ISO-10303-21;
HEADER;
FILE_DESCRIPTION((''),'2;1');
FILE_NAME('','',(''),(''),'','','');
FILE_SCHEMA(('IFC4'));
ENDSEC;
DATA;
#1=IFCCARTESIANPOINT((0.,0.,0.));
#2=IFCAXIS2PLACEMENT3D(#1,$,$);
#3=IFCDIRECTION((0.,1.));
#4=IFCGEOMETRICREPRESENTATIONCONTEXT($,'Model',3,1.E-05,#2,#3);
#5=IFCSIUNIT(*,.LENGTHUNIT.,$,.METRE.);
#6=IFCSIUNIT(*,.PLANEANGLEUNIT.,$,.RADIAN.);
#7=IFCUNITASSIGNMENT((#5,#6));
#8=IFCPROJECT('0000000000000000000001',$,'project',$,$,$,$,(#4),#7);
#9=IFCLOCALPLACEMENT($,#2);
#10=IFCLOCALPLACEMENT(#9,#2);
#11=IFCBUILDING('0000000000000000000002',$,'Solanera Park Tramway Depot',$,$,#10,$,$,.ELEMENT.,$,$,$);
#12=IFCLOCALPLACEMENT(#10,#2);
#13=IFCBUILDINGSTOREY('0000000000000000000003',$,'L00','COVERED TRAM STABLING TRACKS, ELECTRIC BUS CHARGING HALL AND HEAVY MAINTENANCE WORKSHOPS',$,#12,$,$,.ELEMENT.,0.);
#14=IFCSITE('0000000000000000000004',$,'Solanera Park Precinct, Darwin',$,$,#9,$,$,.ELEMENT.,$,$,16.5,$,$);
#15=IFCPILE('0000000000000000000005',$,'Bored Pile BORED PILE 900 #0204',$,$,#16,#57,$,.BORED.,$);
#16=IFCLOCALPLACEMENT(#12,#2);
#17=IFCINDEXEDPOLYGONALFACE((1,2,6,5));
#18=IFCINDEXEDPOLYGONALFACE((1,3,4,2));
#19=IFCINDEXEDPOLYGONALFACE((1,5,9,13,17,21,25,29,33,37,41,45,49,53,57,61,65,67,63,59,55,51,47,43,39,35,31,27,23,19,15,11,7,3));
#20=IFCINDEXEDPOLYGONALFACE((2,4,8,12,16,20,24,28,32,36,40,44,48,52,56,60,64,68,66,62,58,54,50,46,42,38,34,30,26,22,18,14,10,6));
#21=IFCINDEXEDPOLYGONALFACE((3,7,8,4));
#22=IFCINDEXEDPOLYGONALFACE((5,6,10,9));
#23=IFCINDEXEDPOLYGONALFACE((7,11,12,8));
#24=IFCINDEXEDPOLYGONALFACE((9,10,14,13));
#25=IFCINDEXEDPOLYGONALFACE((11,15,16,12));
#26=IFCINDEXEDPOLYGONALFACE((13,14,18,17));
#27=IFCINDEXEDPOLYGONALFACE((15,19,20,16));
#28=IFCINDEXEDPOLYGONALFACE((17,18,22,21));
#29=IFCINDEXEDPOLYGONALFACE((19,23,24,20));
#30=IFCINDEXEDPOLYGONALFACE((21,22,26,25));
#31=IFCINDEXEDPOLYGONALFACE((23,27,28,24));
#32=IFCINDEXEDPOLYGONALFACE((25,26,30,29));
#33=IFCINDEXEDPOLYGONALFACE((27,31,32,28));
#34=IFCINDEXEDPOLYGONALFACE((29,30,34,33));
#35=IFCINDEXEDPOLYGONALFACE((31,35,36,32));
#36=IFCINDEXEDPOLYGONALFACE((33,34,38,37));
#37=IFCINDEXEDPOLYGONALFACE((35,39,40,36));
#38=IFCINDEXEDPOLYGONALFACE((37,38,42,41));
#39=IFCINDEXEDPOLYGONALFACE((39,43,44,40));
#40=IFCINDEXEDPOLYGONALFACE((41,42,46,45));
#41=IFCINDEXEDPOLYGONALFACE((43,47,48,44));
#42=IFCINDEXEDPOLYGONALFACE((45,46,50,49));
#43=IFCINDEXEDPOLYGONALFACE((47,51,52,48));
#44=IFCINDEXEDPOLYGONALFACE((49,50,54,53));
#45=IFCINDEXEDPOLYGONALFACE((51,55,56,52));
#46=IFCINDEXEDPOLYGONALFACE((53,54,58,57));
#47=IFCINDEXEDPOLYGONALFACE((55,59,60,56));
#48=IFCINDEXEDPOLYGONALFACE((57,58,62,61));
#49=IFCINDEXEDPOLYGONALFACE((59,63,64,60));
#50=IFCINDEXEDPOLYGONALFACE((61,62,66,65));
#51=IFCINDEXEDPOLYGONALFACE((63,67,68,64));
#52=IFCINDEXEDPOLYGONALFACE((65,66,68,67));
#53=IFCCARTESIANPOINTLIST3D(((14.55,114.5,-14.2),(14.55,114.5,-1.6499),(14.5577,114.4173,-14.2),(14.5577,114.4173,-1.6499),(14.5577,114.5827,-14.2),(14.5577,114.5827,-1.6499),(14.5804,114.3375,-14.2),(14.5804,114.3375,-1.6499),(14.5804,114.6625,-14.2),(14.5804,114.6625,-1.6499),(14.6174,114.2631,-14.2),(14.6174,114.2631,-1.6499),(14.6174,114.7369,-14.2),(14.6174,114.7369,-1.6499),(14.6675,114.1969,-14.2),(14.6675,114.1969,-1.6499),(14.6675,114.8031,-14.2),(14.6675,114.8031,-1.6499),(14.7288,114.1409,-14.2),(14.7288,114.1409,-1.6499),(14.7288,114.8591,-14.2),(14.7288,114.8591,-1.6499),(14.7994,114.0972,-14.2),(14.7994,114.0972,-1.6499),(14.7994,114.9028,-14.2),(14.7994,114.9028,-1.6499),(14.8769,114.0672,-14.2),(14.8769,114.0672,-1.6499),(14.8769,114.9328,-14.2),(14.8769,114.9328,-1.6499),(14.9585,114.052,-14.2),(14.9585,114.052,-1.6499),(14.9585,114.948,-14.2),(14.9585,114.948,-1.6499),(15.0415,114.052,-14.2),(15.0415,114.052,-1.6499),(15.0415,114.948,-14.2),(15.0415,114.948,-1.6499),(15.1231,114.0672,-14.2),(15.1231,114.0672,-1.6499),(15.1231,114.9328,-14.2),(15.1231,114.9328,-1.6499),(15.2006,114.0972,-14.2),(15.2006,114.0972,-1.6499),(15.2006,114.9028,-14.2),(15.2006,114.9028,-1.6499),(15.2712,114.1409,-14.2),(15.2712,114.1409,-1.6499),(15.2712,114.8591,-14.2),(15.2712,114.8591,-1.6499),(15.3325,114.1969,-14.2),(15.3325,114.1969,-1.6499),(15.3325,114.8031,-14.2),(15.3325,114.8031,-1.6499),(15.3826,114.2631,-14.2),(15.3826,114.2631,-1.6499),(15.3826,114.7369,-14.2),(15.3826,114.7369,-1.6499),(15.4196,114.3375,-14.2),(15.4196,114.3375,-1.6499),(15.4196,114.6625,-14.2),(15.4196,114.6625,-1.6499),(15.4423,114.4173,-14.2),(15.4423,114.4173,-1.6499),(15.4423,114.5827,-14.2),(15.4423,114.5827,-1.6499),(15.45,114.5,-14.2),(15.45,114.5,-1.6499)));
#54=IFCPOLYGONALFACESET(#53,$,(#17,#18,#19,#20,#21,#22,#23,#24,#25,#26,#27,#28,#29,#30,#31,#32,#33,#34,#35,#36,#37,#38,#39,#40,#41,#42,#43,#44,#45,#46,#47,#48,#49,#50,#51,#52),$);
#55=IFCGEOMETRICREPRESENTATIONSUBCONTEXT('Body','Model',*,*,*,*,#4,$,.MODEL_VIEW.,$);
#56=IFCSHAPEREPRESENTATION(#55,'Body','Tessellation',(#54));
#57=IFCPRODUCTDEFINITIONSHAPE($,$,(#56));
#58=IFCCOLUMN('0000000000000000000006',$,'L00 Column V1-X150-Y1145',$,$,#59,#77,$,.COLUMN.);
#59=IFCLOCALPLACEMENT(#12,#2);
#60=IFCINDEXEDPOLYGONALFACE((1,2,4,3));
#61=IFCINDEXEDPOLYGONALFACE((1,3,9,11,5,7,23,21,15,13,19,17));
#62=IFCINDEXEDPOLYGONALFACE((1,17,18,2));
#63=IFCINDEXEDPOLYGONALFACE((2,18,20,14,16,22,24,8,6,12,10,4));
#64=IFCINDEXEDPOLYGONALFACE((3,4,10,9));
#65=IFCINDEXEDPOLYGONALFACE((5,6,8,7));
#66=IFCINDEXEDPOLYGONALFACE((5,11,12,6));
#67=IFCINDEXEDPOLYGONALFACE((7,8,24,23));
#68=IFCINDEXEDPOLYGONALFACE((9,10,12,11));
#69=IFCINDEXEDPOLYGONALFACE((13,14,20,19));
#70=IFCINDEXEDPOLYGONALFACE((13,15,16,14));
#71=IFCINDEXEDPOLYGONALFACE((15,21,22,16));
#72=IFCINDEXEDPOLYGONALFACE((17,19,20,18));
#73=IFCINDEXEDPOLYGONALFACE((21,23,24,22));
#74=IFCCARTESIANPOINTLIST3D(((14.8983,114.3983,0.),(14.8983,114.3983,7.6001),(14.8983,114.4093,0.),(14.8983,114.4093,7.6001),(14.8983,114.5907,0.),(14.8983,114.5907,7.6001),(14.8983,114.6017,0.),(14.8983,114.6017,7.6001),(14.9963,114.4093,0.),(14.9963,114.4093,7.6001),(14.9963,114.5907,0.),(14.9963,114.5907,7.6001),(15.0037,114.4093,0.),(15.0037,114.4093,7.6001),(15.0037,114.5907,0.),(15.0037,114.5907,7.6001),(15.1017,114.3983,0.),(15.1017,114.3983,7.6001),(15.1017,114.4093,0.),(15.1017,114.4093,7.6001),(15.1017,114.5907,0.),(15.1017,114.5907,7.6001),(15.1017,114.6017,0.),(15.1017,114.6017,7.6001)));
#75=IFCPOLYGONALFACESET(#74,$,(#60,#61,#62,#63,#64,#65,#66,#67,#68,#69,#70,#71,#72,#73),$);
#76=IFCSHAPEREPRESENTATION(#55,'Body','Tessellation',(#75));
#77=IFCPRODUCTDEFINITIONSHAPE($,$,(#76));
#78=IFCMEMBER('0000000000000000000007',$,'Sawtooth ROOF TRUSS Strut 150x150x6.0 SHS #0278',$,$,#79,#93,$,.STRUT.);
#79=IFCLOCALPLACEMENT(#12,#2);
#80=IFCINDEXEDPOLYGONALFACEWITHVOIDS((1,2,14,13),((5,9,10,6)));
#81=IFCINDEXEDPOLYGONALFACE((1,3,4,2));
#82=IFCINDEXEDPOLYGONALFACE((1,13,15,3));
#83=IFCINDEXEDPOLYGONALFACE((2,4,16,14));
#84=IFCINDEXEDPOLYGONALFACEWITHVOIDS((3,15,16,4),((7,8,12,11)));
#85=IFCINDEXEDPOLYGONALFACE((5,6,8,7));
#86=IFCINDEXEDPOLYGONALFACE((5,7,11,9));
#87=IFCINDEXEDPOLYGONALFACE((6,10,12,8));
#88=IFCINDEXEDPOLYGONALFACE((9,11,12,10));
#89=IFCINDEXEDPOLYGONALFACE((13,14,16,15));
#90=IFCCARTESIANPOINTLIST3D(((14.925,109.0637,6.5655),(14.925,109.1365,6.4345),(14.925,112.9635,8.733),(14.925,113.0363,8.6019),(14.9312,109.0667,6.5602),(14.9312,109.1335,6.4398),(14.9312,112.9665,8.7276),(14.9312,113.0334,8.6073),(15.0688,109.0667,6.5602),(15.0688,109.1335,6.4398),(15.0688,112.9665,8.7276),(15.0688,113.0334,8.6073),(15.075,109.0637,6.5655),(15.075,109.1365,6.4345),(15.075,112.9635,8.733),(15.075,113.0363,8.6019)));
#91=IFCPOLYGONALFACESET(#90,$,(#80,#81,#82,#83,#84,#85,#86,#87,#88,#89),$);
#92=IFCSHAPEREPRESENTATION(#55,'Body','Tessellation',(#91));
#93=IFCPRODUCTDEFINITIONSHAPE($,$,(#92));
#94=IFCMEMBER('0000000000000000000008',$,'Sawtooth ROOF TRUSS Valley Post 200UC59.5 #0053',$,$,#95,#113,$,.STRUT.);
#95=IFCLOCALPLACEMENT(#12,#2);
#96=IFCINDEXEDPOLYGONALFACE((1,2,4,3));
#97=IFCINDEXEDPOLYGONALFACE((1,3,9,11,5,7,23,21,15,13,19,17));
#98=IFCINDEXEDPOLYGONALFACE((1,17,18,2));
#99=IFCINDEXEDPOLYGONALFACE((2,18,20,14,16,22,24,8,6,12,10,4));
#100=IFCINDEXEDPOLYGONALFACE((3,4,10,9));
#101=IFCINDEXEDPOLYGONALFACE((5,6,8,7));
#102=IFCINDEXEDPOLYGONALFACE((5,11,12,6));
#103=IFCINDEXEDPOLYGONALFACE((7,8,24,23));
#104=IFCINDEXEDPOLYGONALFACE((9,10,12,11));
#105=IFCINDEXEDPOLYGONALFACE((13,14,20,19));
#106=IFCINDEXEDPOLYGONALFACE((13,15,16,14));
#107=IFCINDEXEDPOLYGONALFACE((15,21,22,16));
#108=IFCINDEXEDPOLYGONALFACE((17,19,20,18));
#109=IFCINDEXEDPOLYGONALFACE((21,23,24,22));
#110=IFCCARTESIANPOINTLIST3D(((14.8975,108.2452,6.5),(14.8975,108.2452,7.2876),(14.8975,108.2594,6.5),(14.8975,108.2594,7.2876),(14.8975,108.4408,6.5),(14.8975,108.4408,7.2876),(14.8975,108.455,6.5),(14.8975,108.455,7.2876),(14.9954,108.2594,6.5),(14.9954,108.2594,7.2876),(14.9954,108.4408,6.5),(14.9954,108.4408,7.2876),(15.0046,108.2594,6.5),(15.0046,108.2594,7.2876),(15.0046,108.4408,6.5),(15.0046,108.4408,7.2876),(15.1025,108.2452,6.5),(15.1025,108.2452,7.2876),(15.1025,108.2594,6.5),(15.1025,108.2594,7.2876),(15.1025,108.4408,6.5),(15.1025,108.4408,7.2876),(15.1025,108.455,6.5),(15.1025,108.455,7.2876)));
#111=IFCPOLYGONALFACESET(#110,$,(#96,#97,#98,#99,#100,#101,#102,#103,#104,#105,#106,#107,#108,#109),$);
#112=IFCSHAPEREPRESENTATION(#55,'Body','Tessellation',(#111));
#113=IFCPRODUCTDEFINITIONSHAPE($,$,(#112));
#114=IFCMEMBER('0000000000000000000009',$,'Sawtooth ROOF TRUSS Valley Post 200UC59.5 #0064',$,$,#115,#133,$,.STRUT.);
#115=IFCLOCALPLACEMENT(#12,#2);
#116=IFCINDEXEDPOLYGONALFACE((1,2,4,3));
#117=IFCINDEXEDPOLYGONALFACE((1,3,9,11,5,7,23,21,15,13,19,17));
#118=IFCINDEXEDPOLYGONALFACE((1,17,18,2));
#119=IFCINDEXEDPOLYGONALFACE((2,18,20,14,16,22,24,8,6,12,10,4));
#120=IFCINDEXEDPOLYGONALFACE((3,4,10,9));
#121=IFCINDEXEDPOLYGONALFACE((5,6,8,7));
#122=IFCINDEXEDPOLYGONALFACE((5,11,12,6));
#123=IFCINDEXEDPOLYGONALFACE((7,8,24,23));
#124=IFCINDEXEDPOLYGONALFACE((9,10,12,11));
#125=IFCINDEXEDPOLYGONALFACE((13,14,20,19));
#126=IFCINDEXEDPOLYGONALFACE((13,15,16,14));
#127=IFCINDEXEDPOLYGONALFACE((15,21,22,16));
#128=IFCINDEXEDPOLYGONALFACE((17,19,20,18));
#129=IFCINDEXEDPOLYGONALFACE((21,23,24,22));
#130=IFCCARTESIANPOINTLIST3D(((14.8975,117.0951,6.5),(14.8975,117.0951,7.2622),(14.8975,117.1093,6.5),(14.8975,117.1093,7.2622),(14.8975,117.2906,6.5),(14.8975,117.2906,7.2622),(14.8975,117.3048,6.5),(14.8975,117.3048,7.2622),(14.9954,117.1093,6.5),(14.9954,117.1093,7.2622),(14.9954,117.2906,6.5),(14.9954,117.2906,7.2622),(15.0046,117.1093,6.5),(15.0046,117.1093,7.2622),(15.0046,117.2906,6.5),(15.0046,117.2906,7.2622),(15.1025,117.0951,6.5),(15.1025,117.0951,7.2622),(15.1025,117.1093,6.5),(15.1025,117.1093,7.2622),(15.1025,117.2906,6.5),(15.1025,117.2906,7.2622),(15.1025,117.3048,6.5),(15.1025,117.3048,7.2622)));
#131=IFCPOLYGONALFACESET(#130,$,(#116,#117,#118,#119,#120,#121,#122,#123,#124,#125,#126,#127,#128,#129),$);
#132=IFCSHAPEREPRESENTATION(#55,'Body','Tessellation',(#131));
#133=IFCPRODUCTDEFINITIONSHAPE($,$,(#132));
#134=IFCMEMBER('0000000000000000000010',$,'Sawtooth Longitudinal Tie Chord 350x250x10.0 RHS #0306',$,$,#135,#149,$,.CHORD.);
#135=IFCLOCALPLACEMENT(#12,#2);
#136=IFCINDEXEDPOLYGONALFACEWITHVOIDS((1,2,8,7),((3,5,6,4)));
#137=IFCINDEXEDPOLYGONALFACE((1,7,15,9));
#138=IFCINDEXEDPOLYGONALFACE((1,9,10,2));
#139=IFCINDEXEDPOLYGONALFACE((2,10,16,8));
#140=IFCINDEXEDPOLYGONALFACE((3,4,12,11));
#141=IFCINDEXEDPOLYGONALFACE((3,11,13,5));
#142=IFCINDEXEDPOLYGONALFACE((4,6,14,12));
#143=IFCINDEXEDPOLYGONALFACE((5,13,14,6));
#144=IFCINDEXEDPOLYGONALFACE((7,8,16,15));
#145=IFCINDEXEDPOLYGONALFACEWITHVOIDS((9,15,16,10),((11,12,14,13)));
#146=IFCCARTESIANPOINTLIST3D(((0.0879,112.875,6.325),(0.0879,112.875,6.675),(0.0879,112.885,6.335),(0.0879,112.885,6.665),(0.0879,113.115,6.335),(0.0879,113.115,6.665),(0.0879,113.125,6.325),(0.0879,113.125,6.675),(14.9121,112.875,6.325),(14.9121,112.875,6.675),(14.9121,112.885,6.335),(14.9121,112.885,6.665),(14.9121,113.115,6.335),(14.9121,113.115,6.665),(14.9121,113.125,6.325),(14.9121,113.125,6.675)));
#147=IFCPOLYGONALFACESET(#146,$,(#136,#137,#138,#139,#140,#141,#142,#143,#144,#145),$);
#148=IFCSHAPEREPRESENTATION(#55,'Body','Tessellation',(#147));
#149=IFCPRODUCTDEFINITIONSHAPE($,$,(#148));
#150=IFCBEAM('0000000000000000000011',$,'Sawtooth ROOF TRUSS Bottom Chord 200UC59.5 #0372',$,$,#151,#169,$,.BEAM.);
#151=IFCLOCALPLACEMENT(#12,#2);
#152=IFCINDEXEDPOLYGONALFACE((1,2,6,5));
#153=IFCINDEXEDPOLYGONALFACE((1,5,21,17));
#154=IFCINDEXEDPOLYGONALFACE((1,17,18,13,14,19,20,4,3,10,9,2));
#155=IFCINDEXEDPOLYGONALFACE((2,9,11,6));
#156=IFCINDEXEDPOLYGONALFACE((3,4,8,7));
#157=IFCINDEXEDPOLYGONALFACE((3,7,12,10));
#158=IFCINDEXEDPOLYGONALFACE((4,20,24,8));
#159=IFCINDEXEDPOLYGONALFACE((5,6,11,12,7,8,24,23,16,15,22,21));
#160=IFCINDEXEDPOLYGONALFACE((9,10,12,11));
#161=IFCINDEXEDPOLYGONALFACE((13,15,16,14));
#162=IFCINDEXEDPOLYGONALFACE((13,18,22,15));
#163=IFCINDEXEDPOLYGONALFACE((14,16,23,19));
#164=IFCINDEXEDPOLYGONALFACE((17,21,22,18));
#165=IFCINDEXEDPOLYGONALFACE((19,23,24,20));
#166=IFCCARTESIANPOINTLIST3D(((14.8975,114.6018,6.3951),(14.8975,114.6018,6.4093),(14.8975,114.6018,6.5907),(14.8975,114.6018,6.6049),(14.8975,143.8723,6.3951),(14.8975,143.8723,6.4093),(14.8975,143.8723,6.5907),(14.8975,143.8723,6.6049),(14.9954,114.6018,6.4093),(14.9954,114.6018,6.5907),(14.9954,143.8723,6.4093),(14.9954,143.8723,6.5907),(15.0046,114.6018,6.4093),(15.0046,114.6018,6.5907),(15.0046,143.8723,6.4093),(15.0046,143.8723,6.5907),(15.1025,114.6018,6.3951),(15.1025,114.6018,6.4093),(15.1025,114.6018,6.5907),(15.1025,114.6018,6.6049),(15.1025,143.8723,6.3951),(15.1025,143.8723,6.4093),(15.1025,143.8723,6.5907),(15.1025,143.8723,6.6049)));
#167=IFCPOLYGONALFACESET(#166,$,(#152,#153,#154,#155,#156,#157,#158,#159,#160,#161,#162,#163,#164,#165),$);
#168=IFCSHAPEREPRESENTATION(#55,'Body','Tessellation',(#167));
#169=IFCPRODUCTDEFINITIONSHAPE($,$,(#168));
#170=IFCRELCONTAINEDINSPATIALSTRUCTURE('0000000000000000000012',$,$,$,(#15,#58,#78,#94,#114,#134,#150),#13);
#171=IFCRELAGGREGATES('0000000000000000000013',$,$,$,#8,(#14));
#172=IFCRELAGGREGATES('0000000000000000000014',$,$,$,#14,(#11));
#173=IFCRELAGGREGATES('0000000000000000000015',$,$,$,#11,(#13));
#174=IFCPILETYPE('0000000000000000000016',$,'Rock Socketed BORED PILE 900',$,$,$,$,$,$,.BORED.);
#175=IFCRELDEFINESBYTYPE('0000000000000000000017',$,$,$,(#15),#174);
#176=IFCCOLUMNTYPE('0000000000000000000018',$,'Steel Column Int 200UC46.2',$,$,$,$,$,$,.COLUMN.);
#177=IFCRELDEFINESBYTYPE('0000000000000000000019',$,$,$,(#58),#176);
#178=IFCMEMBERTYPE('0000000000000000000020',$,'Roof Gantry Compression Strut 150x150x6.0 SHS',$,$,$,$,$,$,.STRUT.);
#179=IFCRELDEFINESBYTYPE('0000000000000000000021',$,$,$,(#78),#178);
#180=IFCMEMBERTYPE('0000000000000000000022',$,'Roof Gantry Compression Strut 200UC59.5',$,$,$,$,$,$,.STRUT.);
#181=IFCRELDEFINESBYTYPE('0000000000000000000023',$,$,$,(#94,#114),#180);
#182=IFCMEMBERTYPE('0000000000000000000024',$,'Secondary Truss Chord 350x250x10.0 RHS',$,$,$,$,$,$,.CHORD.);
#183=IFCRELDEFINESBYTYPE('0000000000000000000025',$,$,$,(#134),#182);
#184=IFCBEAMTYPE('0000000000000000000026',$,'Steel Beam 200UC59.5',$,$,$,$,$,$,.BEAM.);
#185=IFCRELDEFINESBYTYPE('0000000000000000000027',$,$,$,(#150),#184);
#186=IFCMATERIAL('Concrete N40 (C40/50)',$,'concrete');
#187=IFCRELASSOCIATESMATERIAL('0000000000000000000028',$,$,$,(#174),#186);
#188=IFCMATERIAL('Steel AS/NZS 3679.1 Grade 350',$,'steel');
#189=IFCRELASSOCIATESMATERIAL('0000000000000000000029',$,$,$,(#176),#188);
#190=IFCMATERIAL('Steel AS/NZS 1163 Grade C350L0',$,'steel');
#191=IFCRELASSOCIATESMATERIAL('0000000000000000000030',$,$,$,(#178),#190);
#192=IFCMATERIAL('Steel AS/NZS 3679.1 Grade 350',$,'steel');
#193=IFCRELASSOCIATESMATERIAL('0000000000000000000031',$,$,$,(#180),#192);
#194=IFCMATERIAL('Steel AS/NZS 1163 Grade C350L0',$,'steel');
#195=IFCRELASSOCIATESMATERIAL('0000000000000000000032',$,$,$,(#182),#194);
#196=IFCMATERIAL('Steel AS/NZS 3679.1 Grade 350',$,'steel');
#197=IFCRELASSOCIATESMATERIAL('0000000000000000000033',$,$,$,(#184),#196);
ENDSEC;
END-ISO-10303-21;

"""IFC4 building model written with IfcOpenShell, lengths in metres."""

from ifc_helpers import new_model, si_unit, direction, frame, origin, origin_2d, place, context, subcontext, project, spatial, hollow_rectangle, circle, i_section, extrude, material, material_profile, profile_set, type_object, element, save


model = new_model("IFC4")

# Units and contexts
model_context = context("Model", 3, precision=1e-05, world=origin(), true_north=direction((0.0, 1.0)))
body_context = subcontext(model_context, "Body", "Model", "MODEL_VIEW")
ifc_project = project(units=[si_unit("LENGTHUNIT", "METRE"), si_unit("PLANEANGLEUNIT", "RADIAN")], contexts=[model_context])

# Site, building, storey
site_placement = place(None, origin())
site = spatial("IfcSite", under=ifc_project, at=site_placement, Name="Solanera Park Precinct, Darwin", CompositionType="ELEMENT", RefElevation=16.5)
building_placement = place(site_placement, origin())
building = spatial("IfcBuilding", under=site, at=building_placement, Name="Solanera Park Tramway Depot", CompositionType="ELEMENT")
storey_placement = place(building_placement, origin())
storey = spatial("IfcBuildingStorey", under=building, at=storey_placement, Name="L00", Description="COVERED TRAM STABLING TRACKS, ELECTRIC BUS CHARGING HALL AND HEAVY MAINTENANCE WORKSHOPS", CompositionType="ELEMENT", Elevation=0.0)

# Pile
ifc_material_1 = material(Name="Concrete N40 (C40/50)", Category="concrete")
ifc_material_profile_1 = material_profile(ifc_material_1, circle(Radius=0.45, at=origin_2d()), Name="BORED PILE 900")
ifc_profile_set_1 = profile_set([ifc_material_profile_1], Name="Concrete N40 (C40/50)")
pile_type = type_object("IfcPileType", Name="Rock Socketed BORED PILE 900", PredefinedType="BORED", material=ifc_profile_set_1)
pile_placement = place(storey_placement, frame((15.0, 114.5, -1.6499), z_axis=(0.0, 0.0, -1.0), x_axis=(1.0, 0.0, 0.0)))
element("IfcPile", 1, at=pile_placement, inside=storey, type_object=pile_type, Name="Bored Pile BORED PILE 900 #0204", PredefinedType="BORED", context=body_context, shape_type="SweptSolid", body=[
    extrude(circle(Radius=0.45, at=origin_2d()), origin(), (0.0, 0.0, 1.0), 12.55),
])

# Column
ifc_material_2 = material(Name="Steel AS/NZS 3679.1 Grade 350", Category="steel")
ifc_material_profile_2 = material_profile(ifc_material_2, i_section(OverallWidth=0.2034, OverallDepth=0.2034, WebThickness=0.0073, FlangeThickness=0.011, at=origin_2d()), Name="200UC46.2")
ifc_profile_set_2 = profile_set([ifc_material_profile_2], Name="Steel AS/NZS 3679.1 Grade 350")
column_type = type_object("IfcColumnType", Name="Steel Column Int 200UC46.2", PredefinedType="COLUMN", material=ifc_profile_set_2)
column_placement = place(storey_placement, frame((15.0, 114.5, 0.0), z_axis=(0.0, 0.0, 1.0), x_axis=(1.0, 0.0, 0.0)))
element("IfcColumn", 2, at=column_placement, inside=storey, type_object=column_type, Name="L00 Column V1-X150-Y1145", PredefinedType="COLUMN", context=body_context, shape_type="SweptSolid", body=[
    extrude(i_section(OverallWidth=0.2034, OverallDepth=0.2034, WebThickness=0.0073, FlangeThickness=0.011, at=origin_2d()), origin(), (0.0, 0.0, 1.0), 7.6001),
])

# Members
ifc_material_3 = material(Name="Steel AS/NZS 1163 Grade C350L0", Category="steel")
ifc_material_profile_3 = material_profile(ifc_material_3, hollow_rectangle(XDim=0.1499, YDim=0.1499, WallThickness=0.0061, at=origin_2d()), Name="150x150x6.0 SHS")
ifc_profile_set_3 = profile_set([ifc_material_profile_3], Name="Steel AS/NZS 1163 Grade C350L0")
member_type_1 = type_object("IfcMemberType", Name="Roof Gantry Compression Strut 150x150x6.0 SHS", PredefinedType="STRUT", material=ifc_profile_set_3)
member_1_placement = place(storey_placement, frame((15.0, 109.1001, 6.5), z_axis=(0.0, 0.874075, 0.485792), x_axis=(-1.0, 0.0, 0.0)))
element("IfcMember", 3, at=member_1_placement, inside=storey, type_object=member_type_1, Name="Sawtooth ROOF TRUSS Strut 150x150x6.0 SHS #0278", PredefinedType="STRUT", context=body_context, shape_type="SweptSolid", body=[
    extrude(hollow_rectangle(XDim=0.1499, YDim=0.1499, WallThickness=0.0061, at=origin_2d()), origin(), (0.0, 0.0, 1.0), 4.4617),
])
ifc_material_4 = material(Name="Steel AS/NZS 3679.1 Grade 350", Category="steel")
ifc_material_profile_4 = material_profile(ifc_material_4, i_section(OverallWidth=0.2051, OverallDepth=0.2097, WebThickness=0.0093, FlangeThickness=0.0142, at=origin_2d()), Name="200UC59.5")
ifc_profile_set_4 = profile_set([ifc_material_profile_4], Name="Steel AS/NZS 3679.1 Grade 350")
member_type_2 = type_object("IfcMemberType", Name="Roof Gantry Compression Strut 200UC59.5", PredefinedType="STRUT", material=ifc_profile_set_4)
member_2_placement = place(storey_placement, frame((15.0, 108.3501, 6.5), z_axis=(0.0, 0.0, 1.0), x_axis=(1.0, 0.0, 0.0)))
element("IfcMember", 4, at=member_2_placement, inside=storey, type_object=member_type_2, Name="Sawtooth ROOF TRUSS Valley Post 200UC59.5 #0053", PredefinedType="STRUT", context=body_context, shape_type="SweptSolid", body=[
    extrude(i_section(OverallWidth=0.2051, OverallDepth=0.2097, WebThickness=0.0093, FlangeThickness=0.0142, at=origin_2d()), origin(), (0.0, 0.0, 1.0), 0.7876),
])
member_3_placement = place(storey_placement, frame((15.0, 117.2, 6.5), z_axis=(0.0, 0.0, 1.0), x_axis=(1.0, 0.0, 0.0)))
element("IfcMember", 5, at=member_3_placement, inside=storey, type_object=member_type_2, Name="Sawtooth ROOF TRUSS Valley Post 200UC59.5 #0064", PredefinedType="STRUT", context=body_context, shape_type="SweptSolid", body=[
    extrude(i_section(OverallWidth=0.2051, OverallDepth=0.2097, WebThickness=0.0093, FlangeThickness=0.0142, at=origin_2d()), origin(), (0.0, 0.0, 1.0), 0.7622),
])
ifc_material_5 = material(Name="Steel AS/NZS 1163 Grade C350L0", Category="steel")
ifc_material_profile_5 = material_profile(ifc_material_5, hollow_rectangle(XDim=0.25, YDim=0.3501, WallThickness=0.01, at=origin_2d()), Name="350x250x10.0 RHS")
ifc_profile_set_5 = profile_set([ifc_material_profile_5], Name="Steel AS/NZS 1163 Grade C350L0")
member_type_3 = type_object("IfcMemberType", Name="Secondary Truss Chord 350x250x10.0 RHS", PredefinedType="CHORD", material=ifc_profile_set_5)
member_4_placement = place(storey_placement, frame((0.0879, 113.0, 6.5), z_axis=(1.0, 0.0, 0.0), x_axis=(0.0, 1.0, 0.0)))
element("IfcMember", 6, at=member_4_placement, inside=storey, type_object=member_type_3, Name="Sawtooth Longitudinal Tie Chord 350x250x10.0 RHS #0306", PredefinedType="CHORD", context=body_context, shape_type="SweptSolid", body=[
    extrude(hollow_rectangle(XDim=0.25, YDim=0.3501, WallThickness=0.01, at=origin_2d()), origin(), (0.0, 0.0, 1.0), 14.8242),
])

# Beam
ifc_material_6 = material(Name="Steel AS/NZS 3679.1 Grade 350", Category="steel")
ifc_material_profile_6 = material_profile(ifc_material_6, i_section(OverallWidth=0.2051, OverallDepth=0.2097, WebThickness=0.0093, FlangeThickness=0.0142, at=origin_2d()), Name="200UC59.5")
ifc_profile_set_6 = profile_set([ifc_material_profile_6], Name="Steel AS/NZS 3679.1 Grade 350")
beam_type_1 = type_object("IfcBeamType", Name="Steel Beam 200UC59.5", PredefinedType="BEAM", material=ifc_profile_set_6)
beam_1_placement = place(storey_placement, frame((15.0, 114.6018, 6.5), z_axis=(0.0, 1.0, 0.0), x_axis=(-1.0, 0.0, 0.0)))
element("IfcBeam", 7, at=beam_1_placement, inside=storey, type_object=beam_type_1, Name="Sawtooth ROOF TRUSS Bottom Chord 200UC59.5 #0372", PredefinedType="BEAM", context=body_context, shape_type="SweptSolid", body=[
    extrude(i_section(OverallWidth=0.2051, OverallDepth=0.2097, WebThickness=0.0093, FlangeThickness=0.0142, at=origin_2d()), origin(), (0.0, 0.0, 1.0), 29.2705),
])

save(model, "model.ifc")
